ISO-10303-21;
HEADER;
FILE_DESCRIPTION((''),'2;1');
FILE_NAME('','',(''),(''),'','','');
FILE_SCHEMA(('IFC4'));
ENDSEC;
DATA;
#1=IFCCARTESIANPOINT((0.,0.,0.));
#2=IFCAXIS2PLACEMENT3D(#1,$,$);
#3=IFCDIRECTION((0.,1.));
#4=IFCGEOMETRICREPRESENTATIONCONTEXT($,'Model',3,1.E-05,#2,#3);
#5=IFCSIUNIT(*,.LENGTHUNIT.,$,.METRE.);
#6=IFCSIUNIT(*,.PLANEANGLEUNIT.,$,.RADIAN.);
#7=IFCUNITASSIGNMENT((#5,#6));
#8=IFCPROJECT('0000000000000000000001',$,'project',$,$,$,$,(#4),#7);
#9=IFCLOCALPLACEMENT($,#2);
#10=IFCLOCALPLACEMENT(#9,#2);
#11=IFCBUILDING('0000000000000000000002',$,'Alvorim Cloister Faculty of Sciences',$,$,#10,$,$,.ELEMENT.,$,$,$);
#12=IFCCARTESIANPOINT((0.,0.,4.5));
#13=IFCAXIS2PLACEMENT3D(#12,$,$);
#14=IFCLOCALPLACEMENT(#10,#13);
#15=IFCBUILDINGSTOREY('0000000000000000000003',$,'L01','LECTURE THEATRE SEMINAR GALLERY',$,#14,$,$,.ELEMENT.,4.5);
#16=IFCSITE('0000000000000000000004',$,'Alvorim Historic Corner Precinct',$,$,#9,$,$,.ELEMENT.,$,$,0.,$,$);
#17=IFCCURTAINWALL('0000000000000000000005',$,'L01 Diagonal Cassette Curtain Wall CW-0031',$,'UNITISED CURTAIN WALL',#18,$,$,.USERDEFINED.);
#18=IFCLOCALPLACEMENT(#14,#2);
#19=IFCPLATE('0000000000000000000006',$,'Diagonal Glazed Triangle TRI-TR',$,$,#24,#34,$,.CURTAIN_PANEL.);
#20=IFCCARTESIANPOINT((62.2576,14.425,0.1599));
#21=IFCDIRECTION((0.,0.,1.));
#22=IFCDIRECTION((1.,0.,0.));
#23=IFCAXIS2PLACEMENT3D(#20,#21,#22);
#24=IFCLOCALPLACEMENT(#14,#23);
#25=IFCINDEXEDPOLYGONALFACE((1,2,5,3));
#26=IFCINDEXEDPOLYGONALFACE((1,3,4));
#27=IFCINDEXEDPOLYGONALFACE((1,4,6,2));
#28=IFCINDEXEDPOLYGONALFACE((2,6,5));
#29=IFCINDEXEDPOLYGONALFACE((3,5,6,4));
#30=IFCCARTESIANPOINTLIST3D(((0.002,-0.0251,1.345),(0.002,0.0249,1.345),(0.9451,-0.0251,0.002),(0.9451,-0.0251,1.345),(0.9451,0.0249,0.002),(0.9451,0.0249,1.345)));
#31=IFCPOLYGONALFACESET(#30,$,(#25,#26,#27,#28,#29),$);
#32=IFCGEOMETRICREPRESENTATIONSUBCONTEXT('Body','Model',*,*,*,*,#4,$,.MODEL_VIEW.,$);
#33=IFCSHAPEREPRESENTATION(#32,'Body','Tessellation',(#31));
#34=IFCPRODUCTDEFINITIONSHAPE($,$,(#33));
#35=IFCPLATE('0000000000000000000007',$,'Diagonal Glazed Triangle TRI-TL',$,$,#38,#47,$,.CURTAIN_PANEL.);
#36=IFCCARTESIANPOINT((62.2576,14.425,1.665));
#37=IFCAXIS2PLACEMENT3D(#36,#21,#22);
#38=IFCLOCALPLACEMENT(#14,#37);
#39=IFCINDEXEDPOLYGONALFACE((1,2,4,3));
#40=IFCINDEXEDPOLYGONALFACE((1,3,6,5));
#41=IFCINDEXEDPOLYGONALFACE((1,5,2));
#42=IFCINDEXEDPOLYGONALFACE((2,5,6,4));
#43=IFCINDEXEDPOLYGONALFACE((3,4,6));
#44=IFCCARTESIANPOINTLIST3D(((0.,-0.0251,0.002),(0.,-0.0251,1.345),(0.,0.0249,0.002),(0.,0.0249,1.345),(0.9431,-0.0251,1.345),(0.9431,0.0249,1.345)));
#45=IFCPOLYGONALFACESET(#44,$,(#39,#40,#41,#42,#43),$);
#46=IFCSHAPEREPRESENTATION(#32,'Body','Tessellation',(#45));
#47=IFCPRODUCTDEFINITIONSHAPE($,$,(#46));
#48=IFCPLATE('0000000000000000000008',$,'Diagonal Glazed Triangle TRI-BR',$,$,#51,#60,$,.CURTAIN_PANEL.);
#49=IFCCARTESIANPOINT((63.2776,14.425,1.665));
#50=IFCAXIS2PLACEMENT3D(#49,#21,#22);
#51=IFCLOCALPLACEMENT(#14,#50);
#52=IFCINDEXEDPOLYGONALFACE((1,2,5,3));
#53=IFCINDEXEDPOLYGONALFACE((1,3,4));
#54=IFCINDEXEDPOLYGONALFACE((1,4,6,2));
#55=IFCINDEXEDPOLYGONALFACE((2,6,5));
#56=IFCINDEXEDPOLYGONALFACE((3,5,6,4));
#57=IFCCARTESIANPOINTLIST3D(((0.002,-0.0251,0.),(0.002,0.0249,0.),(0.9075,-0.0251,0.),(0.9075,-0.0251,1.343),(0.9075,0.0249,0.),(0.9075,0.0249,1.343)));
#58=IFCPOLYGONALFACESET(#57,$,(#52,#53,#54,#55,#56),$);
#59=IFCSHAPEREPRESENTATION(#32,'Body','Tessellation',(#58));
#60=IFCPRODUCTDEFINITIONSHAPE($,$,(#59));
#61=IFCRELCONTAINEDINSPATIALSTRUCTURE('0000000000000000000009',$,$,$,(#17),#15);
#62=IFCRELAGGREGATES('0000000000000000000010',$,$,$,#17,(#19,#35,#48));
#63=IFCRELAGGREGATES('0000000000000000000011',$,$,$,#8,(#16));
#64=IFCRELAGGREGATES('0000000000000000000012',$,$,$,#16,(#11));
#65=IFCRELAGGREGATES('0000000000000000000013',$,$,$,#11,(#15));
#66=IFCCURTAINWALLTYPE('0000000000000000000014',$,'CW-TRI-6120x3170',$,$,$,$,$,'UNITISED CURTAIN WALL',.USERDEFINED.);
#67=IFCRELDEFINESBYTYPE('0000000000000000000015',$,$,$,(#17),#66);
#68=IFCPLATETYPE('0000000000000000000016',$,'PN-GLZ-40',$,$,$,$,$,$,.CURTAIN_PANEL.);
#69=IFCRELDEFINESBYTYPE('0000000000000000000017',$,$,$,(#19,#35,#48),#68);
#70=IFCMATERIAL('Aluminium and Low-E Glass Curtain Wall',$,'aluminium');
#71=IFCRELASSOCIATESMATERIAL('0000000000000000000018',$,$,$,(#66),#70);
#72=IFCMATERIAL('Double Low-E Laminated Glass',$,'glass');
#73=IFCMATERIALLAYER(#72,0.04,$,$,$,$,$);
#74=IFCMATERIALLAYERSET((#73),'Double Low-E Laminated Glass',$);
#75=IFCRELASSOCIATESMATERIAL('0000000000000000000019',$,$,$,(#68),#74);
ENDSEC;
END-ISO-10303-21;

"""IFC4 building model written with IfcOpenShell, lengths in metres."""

from ifc_helpers import new_model, si_unit, direction, frame, origin, place, context, subcontext, project, spatial, polyline, outline, extrude, material, layer, layer_set, type_object, element, aggregate, save


model = new_model("IFC4")

# Units and contexts
model_context = context("Model", 3, precision=1e-05, world=origin(), true_north=direction((0.0, 1.0)))
body_context = subcontext(model_context, "Body", "Model", "MODEL_VIEW")
ifc_project = project(units=[si_unit("LENGTHUNIT", "METRE"), si_unit("PLANEANGLEUNIT", "RADIAN")], contexts=[model_context])

# Site, building, storey
site_placement = place(None, origin())
site = spatial("IfcSite", under=ifc_project, at=site_placement, Name="Alvorim Historic Corner Precinct", CompositionType="ELEMENT", RefElevation=0.0)
building_placement = place(site_placement, origin())
building = spatial("IfcBuilding", under=site, at=building_placement, Name="Alvorim Cloister Faculty of Sciences", CompositionType="ELEMENT")
storey_placement = place(building_placement, frame((0.0, 0.0, 4.5)))
storey = spatial("IfcBuildingStorey", under=building, at=storey_placement, Name="L01", Description="LECTURE THEATRE SEMINAR GALLERY", CompositionType="ELEMENT", Elevation=4.5)

# Curtain wall, plates
ifc_material_1 = material(Name="Aluminium and Low-E Glass Curtain Wall", Category="aluminium")
curtain_wall_type = type_object("IfcCurtainWallType", Name="CW-TRI-6120x3170", ElementType="UNITISED CURTAIN WALL", PredefinedType="USERDEFINED", material=ifc_material_1)
curtain_wall_placement = place(storey_placement, origin())
curtain_wall = element("IfcCurtainWall", 1, at=curtain_wall_placement, inside=storey, type_object=curtain_wall_type, Name="L01 Diagonal Cassette Curtain Wall CW-0031", ObjectType="UNITISED CURTAIN WALL", PredefinedType="USERDEFINED")
ifc_material_2 = material(Name="Double Low-E Laminated Glass", Category="glass")
ifc_layer_1 = layer(ifc_material_2, 0.04)
ifc_layer_set_1 = layer_set([ifc_layer_1], Name="Double Low-E Laminated Glass")
plate_type = type_object("IfcPlateType", Name="PN-GLZ-40", PredefinedType="CURTAIN_PANEL", material=ifc_layer_set_1)
plate_1_placement = place(storey_placement, frame((62.2576, 14.425, 0.1599), z_axis=(0.0, 0.0, 1.0), x_axis=(1.0, 0.0, 0.0)))
plate_1 = element("IfcPlate", 2, at=plate_1_placement, type_object=plate_type, Name="Diagonal Glazed Triangle TRI-TR", PredefinedType="CURTAIN_PANEL", context=body_context, shape_type="SweptSolid", body=[
    extrude(outline(polyline([(0.9451, 0.002), (0.9451, 1.345), (0.002, 1.345), (0.9451, 0.002)])), frame((0.0, 0.0249, 0.0), z_axis=(0.0, -1.0, 0.0), x_axis=(1.0, 0.0, 0.0)), (0.0, 0.0, 1.0), 0.05),
])
plate_2_placement = place(storey_placement, frame((62.2576, 14.425, 1.665), z_axis=(0.0, 0.0, 1.0), x_axis=(1.0, 0.0, 0.0)))
plate_2 = element("IfcPlate", 3, at=plate_2_placement, type_object=plate_type, Name="Diagonal Glazed Triangle TRI-TL", PredefinedType="CURTAIN_PANEL", context=body_context, shape_type="SweptSolid", body=[
    extrude(outline(polyline([(0.9431, 1.345), (0.0, 1.345), (0.0, 0.002), (0.9431, 1.345)])), frame((0.0, 0.0249, 0.0), z_axis=(0.0, -1.0, 0.0), x_axis=(1.0, 0.0, 0.0)), (0.0, 0.0, 1.0), 0.05),
])
plate_3_placement = place(storey_placement, frame((63.2776, 14.425, 1.665), z_axis=(0.0, 0.0, 1.0), x_axis=(1.0, 0.0, 0.0)))
plate_3 = element("IfcPlate", 4, at=plate_3_placement, type_object=plate_type, Name="Diagonal Glazed Triangle TRI-BR", PredefinedType="CURTAIN_PANEL", context=body_context, shape_type="SweptSolid", body=[
    extrude(outline(polyline([(0.002, 0.0), (0.9075, 0.0), (0.9075, 1.343), (0.002, 0.0)])), frame((0.0, 0.0249, 0.0), z_axis=(0.0, -1.0, 0.0), x_axis=(1.0, 0.0, 0.0)), (0.0, 0.0, 1.0), 0.05),
])
aggregate(curtain_wall, [plate_1, plate_2, plate_3])

save(model, "model.ifc")
